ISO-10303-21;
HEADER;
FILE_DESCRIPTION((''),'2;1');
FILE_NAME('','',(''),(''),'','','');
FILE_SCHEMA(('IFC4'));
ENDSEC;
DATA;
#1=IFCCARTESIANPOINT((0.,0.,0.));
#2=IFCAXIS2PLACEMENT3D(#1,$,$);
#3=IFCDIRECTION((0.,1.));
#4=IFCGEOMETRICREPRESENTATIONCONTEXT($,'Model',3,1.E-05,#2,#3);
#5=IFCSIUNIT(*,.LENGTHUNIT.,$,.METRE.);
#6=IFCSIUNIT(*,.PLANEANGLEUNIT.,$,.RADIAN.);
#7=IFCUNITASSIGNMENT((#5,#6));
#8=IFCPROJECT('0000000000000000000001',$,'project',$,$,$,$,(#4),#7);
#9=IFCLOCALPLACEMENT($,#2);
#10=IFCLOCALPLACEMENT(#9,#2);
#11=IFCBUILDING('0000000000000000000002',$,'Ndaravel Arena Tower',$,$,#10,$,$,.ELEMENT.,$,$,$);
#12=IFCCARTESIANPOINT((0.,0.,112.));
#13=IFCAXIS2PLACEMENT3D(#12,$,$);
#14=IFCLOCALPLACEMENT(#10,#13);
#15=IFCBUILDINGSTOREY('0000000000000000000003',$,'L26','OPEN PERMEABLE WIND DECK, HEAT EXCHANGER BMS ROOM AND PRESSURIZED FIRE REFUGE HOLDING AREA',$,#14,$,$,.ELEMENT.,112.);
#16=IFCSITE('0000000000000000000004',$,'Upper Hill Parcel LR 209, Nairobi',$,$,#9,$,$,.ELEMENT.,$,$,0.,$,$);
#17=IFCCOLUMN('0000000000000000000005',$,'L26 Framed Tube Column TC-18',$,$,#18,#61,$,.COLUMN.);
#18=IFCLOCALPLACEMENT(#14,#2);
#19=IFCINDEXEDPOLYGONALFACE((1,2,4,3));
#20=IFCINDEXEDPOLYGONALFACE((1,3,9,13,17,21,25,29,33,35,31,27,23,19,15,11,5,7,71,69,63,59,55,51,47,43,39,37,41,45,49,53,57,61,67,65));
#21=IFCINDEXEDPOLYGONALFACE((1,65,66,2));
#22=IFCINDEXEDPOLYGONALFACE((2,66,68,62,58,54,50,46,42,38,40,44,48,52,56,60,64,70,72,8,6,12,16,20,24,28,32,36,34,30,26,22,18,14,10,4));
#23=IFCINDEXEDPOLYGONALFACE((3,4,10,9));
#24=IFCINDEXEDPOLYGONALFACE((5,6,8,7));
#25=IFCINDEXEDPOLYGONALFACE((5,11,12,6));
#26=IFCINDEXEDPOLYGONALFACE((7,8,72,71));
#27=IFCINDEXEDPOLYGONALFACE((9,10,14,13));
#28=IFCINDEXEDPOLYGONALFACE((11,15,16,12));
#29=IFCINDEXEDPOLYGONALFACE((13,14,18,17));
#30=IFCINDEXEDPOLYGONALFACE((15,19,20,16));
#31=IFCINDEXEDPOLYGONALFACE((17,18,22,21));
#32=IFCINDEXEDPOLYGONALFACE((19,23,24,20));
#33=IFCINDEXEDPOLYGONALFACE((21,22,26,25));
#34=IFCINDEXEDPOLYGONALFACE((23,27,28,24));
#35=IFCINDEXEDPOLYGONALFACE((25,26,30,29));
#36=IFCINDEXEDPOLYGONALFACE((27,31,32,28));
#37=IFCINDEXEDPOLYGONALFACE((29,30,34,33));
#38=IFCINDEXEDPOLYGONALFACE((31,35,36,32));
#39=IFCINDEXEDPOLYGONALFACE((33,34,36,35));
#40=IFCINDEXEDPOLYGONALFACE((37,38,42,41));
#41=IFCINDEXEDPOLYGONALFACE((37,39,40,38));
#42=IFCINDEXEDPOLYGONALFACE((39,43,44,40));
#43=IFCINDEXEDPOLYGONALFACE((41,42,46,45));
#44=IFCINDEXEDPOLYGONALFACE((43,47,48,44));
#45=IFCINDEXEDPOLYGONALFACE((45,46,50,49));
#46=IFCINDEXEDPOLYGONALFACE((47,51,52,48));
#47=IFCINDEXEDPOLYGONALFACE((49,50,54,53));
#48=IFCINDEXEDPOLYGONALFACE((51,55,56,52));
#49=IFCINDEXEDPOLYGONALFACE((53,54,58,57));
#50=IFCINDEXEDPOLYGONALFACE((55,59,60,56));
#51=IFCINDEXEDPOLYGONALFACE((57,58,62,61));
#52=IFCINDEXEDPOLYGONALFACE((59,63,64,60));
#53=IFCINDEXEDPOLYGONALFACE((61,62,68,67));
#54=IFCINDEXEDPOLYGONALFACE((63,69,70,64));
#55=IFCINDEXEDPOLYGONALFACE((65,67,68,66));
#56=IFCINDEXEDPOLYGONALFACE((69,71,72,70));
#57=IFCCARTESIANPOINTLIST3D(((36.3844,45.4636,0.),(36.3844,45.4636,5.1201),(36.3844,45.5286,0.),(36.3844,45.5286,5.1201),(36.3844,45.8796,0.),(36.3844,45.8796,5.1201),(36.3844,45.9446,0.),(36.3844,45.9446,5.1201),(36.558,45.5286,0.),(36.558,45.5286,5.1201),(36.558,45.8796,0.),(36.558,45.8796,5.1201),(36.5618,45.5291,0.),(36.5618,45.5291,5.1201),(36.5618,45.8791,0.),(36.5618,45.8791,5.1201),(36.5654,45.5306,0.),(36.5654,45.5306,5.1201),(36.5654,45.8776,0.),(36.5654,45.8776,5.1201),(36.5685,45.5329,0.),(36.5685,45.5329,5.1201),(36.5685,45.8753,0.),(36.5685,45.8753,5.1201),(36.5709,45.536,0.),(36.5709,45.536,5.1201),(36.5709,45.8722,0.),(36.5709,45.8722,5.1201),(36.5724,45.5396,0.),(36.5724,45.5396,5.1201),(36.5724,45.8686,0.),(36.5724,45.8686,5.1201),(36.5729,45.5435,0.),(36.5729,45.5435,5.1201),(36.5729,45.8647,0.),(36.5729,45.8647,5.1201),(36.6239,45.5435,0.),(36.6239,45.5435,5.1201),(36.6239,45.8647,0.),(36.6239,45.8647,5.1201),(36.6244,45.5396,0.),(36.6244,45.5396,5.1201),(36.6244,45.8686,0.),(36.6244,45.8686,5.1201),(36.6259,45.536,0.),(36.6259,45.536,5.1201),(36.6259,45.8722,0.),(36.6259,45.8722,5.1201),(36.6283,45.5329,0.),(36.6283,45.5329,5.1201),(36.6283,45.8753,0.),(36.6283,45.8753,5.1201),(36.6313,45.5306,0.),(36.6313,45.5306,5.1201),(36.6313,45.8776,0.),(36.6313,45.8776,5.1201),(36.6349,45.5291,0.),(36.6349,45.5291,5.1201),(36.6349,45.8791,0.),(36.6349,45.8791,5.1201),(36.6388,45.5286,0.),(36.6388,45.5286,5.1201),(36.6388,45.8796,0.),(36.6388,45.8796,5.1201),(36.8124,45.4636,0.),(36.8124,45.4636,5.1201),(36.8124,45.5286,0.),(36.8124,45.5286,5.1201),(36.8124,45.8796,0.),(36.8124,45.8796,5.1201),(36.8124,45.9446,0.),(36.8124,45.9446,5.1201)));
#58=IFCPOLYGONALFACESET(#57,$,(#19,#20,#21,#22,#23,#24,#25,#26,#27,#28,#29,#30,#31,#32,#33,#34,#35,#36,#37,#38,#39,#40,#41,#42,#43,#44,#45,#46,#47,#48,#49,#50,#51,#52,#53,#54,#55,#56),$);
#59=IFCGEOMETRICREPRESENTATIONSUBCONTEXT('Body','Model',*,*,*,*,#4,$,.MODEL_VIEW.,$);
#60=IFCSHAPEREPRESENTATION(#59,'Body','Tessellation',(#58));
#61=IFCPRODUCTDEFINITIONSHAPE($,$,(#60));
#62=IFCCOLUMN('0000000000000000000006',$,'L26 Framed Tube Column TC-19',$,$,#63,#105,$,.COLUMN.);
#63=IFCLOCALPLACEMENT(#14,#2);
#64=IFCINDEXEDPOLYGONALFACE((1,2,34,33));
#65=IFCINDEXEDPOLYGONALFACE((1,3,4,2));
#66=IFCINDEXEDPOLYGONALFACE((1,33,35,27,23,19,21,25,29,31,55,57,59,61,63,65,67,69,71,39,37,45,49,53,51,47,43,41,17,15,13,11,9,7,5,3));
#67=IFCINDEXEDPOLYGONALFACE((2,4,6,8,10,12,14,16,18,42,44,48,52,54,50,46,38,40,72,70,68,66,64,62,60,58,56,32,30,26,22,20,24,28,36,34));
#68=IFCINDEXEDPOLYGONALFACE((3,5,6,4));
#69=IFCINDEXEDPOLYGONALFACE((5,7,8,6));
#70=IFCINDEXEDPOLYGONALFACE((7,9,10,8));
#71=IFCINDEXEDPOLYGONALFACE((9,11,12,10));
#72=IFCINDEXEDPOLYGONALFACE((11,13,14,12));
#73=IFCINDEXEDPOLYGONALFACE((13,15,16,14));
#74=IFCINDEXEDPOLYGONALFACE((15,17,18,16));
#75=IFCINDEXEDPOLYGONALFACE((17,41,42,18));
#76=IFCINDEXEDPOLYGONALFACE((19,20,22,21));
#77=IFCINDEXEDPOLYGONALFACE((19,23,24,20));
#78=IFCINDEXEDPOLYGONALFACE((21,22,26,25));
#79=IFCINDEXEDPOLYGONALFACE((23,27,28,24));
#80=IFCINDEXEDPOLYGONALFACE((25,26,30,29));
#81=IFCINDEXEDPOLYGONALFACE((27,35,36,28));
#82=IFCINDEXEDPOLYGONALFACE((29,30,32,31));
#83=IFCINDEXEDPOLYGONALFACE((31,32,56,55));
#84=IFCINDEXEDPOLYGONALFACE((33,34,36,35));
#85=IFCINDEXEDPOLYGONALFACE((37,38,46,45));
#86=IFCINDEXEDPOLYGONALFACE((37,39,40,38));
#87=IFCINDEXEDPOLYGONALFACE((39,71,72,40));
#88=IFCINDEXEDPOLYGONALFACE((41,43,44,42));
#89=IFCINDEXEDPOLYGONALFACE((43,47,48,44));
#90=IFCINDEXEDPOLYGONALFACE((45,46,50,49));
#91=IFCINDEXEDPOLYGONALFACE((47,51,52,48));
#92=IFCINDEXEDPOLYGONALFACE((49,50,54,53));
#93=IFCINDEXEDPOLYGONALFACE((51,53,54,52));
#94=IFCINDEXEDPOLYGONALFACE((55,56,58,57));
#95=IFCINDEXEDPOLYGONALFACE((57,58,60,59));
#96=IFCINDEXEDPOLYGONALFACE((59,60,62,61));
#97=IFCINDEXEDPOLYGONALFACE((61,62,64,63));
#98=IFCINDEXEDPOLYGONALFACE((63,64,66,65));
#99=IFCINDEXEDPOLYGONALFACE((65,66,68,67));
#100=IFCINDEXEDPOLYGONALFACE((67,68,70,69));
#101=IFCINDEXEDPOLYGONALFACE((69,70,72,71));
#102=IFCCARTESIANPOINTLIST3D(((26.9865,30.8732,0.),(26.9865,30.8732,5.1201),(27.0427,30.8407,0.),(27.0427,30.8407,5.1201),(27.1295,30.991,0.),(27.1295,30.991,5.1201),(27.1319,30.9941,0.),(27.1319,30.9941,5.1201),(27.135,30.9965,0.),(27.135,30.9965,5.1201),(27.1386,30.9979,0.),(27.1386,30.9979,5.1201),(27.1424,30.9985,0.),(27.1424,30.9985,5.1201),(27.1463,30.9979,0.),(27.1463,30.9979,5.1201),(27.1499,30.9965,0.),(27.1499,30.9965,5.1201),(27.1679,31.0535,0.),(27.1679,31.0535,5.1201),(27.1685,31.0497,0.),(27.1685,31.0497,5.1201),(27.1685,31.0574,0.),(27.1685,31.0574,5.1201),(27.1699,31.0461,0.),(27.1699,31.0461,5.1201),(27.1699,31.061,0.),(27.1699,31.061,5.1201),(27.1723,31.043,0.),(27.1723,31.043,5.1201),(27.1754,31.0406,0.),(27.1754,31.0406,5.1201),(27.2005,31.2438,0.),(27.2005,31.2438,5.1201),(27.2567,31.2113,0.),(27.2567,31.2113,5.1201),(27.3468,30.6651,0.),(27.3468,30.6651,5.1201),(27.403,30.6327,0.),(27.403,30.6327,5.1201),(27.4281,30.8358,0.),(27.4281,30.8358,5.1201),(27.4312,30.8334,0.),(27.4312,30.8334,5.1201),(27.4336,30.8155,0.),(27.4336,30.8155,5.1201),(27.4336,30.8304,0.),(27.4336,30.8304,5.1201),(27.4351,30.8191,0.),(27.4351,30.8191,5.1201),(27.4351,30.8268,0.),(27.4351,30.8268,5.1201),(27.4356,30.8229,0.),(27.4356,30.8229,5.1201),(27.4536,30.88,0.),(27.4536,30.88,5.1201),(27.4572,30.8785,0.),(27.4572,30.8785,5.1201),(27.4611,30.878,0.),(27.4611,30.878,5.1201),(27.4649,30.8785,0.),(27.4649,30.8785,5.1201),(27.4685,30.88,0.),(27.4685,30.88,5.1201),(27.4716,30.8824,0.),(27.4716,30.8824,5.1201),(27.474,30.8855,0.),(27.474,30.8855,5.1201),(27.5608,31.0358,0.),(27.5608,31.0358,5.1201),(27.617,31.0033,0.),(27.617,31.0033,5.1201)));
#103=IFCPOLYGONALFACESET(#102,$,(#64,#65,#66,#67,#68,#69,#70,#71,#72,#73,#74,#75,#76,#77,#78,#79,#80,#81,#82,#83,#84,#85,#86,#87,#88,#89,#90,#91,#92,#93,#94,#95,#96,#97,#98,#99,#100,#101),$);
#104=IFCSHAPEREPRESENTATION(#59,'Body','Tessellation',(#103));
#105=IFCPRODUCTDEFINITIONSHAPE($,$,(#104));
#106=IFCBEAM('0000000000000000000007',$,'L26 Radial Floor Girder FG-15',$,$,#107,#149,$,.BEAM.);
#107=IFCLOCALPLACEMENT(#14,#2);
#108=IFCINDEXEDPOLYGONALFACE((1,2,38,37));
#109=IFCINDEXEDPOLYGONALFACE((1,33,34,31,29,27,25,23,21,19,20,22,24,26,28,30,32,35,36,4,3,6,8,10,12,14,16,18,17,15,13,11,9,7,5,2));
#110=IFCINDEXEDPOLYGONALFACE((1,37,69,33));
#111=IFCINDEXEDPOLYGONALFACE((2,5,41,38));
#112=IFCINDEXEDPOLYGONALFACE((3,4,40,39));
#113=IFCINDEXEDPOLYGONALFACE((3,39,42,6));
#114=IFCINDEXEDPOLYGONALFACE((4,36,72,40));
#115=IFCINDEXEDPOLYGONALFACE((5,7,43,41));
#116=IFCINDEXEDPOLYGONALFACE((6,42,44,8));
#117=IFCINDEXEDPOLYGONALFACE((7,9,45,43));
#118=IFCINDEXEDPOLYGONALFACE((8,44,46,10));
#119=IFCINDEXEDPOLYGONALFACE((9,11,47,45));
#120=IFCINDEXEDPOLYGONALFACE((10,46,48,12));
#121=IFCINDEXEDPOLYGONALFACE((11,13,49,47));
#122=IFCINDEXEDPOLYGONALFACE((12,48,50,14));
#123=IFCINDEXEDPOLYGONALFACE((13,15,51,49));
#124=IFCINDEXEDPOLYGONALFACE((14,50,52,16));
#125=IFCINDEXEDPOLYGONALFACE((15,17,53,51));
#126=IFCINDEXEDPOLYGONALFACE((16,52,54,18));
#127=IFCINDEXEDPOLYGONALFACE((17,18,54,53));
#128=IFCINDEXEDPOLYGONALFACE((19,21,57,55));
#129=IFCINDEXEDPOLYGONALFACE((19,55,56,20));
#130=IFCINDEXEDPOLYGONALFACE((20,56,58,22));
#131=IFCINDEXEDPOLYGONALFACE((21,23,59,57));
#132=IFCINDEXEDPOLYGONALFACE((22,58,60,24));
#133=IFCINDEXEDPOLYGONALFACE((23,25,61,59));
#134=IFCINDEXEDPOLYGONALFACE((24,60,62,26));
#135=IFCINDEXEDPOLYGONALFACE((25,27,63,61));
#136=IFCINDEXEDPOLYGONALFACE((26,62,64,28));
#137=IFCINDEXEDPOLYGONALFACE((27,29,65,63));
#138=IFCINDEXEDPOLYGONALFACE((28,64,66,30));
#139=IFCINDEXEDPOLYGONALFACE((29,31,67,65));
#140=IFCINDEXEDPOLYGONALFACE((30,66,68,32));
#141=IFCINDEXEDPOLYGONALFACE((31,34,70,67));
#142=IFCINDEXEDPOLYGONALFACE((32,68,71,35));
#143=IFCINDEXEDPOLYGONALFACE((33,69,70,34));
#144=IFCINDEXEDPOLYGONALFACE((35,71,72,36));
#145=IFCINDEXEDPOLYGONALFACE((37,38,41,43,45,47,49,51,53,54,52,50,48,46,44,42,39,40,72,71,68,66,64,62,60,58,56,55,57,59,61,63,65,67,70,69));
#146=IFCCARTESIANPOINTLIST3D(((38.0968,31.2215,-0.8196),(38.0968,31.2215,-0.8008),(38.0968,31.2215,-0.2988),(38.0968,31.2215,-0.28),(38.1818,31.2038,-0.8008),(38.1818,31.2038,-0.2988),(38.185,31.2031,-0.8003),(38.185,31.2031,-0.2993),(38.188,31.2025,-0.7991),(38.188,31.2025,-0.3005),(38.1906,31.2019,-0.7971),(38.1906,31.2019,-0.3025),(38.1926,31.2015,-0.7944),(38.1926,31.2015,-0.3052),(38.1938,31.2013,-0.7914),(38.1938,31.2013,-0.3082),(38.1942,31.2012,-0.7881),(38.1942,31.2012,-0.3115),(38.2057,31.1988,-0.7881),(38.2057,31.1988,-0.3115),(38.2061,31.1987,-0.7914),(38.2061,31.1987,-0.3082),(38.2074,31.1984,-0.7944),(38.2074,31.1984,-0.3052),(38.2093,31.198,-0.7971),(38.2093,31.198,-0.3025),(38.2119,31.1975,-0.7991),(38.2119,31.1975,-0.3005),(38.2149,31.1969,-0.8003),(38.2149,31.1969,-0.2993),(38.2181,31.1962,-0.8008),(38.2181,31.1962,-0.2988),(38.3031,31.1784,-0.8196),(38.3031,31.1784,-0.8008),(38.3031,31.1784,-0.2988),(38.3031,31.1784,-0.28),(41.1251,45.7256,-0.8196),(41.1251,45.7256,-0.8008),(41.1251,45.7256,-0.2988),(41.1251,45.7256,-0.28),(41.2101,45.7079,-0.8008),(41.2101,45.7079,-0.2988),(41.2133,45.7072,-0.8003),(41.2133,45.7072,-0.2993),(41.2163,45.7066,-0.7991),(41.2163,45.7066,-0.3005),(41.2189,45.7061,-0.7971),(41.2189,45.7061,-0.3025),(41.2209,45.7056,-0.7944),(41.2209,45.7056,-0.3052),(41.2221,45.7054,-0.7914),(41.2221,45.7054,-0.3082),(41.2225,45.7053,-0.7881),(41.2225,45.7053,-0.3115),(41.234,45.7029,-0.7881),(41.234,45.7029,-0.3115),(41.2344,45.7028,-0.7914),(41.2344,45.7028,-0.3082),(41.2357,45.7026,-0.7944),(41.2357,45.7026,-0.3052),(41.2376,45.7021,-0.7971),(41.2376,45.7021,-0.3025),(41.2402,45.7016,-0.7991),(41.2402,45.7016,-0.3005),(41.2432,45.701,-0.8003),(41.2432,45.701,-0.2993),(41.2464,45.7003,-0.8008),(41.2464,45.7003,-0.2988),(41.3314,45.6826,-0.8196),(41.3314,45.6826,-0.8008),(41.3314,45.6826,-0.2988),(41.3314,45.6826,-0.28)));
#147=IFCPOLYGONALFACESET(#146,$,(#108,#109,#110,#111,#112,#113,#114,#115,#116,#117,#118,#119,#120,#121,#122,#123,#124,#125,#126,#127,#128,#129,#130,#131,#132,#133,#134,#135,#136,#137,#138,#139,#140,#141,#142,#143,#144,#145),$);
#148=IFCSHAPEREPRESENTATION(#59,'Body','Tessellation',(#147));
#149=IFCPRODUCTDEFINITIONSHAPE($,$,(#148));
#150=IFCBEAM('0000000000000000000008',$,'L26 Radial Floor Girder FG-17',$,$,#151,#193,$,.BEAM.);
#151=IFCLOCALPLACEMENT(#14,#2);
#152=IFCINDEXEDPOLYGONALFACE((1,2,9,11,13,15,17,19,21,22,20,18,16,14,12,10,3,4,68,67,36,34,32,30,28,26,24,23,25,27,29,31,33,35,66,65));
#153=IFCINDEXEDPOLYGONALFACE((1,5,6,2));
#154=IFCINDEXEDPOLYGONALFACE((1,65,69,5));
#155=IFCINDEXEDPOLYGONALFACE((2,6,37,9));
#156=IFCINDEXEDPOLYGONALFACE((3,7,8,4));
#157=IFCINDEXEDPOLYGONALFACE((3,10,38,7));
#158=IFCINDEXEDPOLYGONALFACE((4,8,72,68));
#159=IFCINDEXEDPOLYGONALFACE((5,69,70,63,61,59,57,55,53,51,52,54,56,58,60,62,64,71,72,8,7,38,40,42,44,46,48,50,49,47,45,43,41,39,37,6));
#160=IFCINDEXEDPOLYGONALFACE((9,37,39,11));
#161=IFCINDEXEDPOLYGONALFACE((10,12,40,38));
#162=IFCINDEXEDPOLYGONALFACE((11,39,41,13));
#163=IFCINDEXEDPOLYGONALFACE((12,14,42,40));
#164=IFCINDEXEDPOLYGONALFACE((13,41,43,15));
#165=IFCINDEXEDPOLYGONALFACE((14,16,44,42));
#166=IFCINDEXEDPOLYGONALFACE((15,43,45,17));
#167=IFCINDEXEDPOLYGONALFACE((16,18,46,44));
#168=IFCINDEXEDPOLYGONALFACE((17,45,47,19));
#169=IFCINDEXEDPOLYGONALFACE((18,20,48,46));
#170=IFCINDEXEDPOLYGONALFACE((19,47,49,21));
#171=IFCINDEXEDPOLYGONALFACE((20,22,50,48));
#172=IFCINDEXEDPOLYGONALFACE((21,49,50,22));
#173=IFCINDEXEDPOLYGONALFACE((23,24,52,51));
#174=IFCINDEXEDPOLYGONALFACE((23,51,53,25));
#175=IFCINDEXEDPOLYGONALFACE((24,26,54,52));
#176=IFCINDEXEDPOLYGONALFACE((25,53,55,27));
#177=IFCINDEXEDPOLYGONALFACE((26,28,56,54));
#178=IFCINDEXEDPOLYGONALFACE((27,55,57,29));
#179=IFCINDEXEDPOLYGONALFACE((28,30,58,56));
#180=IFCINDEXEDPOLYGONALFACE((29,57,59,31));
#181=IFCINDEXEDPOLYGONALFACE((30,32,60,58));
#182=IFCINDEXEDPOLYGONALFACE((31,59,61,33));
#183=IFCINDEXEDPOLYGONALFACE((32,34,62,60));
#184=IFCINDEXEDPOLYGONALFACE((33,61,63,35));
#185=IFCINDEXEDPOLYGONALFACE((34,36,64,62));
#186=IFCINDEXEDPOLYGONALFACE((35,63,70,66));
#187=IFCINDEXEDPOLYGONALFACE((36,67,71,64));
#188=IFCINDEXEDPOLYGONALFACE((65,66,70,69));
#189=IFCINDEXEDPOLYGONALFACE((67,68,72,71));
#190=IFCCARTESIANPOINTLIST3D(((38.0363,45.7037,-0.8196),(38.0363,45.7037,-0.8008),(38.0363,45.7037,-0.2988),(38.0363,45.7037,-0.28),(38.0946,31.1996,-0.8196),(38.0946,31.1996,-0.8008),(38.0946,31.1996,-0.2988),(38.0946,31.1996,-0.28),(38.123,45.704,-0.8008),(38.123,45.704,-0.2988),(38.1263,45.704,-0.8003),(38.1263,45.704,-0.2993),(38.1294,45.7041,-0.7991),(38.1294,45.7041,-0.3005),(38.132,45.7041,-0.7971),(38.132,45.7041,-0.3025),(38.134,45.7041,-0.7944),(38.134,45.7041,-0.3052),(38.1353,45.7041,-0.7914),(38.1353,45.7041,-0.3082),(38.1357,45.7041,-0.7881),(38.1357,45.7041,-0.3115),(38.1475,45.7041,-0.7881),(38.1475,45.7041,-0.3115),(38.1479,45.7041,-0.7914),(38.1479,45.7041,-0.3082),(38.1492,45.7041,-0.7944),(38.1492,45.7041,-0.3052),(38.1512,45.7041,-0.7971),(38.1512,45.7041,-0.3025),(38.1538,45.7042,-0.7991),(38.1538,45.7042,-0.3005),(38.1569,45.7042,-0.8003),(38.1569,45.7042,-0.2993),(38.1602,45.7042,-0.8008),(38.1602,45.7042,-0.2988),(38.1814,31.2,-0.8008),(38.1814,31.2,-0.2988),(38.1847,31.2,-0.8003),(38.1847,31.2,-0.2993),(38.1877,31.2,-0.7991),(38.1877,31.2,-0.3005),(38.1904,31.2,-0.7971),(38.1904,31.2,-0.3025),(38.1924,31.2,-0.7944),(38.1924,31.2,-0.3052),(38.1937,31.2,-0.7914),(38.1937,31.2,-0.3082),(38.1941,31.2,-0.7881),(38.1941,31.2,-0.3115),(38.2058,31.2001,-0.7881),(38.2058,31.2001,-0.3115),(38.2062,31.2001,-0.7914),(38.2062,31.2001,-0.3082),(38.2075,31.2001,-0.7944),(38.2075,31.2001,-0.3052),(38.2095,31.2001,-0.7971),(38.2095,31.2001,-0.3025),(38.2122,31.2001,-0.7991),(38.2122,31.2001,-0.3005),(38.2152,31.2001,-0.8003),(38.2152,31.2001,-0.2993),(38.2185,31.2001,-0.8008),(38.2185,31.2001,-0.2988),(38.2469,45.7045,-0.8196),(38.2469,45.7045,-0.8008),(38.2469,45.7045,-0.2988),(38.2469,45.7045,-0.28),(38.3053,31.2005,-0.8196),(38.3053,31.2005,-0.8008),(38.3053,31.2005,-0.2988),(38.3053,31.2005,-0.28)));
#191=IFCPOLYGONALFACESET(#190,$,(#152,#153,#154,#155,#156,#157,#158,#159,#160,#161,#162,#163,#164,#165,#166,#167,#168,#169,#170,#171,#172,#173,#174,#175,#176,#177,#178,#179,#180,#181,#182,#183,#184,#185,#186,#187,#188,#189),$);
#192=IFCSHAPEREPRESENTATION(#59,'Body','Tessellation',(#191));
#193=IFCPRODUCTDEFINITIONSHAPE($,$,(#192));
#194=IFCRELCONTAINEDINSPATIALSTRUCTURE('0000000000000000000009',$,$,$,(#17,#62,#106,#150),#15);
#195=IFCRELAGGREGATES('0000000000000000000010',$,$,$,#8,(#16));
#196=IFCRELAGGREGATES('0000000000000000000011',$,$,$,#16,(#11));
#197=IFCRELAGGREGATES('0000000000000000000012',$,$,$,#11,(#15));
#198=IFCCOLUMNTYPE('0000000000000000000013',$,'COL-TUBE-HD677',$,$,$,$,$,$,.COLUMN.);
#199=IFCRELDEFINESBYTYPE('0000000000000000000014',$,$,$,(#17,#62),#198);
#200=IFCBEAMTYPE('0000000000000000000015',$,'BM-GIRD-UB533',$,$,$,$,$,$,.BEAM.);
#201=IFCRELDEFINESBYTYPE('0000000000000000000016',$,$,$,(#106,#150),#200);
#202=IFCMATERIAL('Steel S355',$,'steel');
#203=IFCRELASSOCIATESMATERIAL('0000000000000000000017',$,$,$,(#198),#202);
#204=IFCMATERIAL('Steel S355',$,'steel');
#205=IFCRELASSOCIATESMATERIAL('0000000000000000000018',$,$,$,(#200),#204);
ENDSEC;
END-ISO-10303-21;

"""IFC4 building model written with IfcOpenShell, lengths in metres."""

from ifc_helpers import new_model, si_unit, direction, frame, origin, origin_2d, place, context, subcontext, project, spatial, i_section, extrude, material, material_profile, profile_set, type_object, element, save


model = new_model("IFC4")

# Units and contexts
model_context = context("Model", 3, precision=1e-05, world=origin(), true_north=direction((0.0, 1.0)))
body_context = subcontext(model_context, "Body", "Model", "MODEL_VIEW")
ifc_project = project(units=[si_unit("LENGTHUNIT", "METRE"), si_unit("PLANEANGLEUNIT", "RADIAN")], contexts=[model_context])

# Site, building, storey
site_placement = place(None, origin())
site = spatial("IfcSite", under=ifc_project, at=site_placement, Name="Upper Hill Parcel LR 209, Nairobi", CompositionType="ELEMENT", RefElevation=0.0)
building_placement = place(site_placement, origin())
building = spatial("IfcBuilding", under=site, at=building_placement, Name="Ndaravel Arena Tower", CompositionType="ELEMENT")
storey_placement = place(building_placement, frame((0.0, 0.0, 112.0)))
storey = spatial("IfcBuildingStorey", under=building, at=storey_placement, Name="L26", Description="OPEN PERMEABLE WIND DECK, HEAT EXCHANGER BMS ROOM AND PRESSURIZED FIRE REFUGE HOLDING AREA", CompositionType="ELEMENT", Elevation=112.0)

# Columns
ifc_material_1 = material(Name="Steel S355", Category="steel")
ifc_material_profile_1 = material_profile(ifc_material_1, i_section(OverallWidth=0.428, OverallDepth=0.481, WebThickness=0.051, FlangeThickness=0.0649, FilletRadius=0.0149, at=origin_2d()), Name="HD 400x677")
ifc_profile_set_1 = profile_set([ifc_material_profile_1], Name="Steel S355")
column_type_1 = type_object("IfcColumnType", Name="COL-TUBE-HD677", PredefinedType="COLUMN", material=ifc_profile_set_1)
for number, where, z_axis, x_axis, name in (
    (1, (36.5984, 45.7041, 0.0), (0.0, 0.0, 1.0), (1.0, 0.0, 0.0), "L26 Framed Tube Column TC-18"),
    (2, (27.3018, 30.9382, 0.0), (0.0, 0.0, 1.0), (0.5, 0.866025, 0.0), "L26 Framed Tube Column TC-19"),
):
    element("IfcColumn", number, at=place(storey_placement, frame(where, z_axis=z_axis, x_axis=x_axis)), inside=storey, type_object=column_type_1, Name=name, PredefinedType="COLUMN", context=body_context, shape_type="SweptSolid", body=[
        extrude(i_section(OverallWidth=0.428, OverallDepth=0.481, WebThickness=0.051, FlangeThickness=0.0649, FilletRadius=0.0149, at=origin_2d()), origin(), (0.0, 0.0, 1.0), 5.1201),
    ])

# Beams
ifc_material_2 = material(Name="Steel S355", Category="steel")
ifc_material_profile_2 = material_profile(ifc_material_2, i_section(OverallWidth=0.2107, OverallDepth=0.5396, WebThickness=0.0117, FlangeThickness=0.0188, FilletRadius=0.0127, at=origin_2d()), Name="UB 533x210x109")
ifc_profile_set_2 = profile_set([ifc_material_profile_2], Name="Steel S355")
beam_type_1 = type_object("IfcBeamType", Name="BM-GIRD-UB533", PredefinedType="BEAM", material=ifc_profile_set_2)
beam_1_placement = place(storey_placement, frame((41.2283, 45.7041, -0.5498), z_axis=(-0.204383, -0.978891, 0.0), x_axis=(0.978891, -0.204383, 0.0)))
element("IfcBeam", 3, at=beam_1_placement, inside=storey, type_object=beam_type_1, Name="L26 Radial Floor Girder FG-15", PredefinedType="BEAM", context=body_context, shape_type="SweptSolid", body=[
    extrude(i_section(OverallWidth=0.2107, OverallDepth=0.5396, WebThickness=0.0117, FlangeThickness=0.0188, FilletRadius=0.0127, at=origin_2d()), origin(), (0.0, 0.0, 1.0), 14.8169),
])
beam_2_placement = place(storey_placement, frame((38.1416, 45.7041, -0.5498), z_axis=(0.004023, -0.999992, 0.0), x_axis=(0.999992, 0.004023, 0.0)))
element("IfcBeam", 4, at=beam_2_placement, inside=storey, type_object=beam_type_1, Name="L26 Radial Floor Girder FG-17", PredefinedType="BEAM", context=body_context, shape_type="SweptSolid", body=[
    extrude(i_section(OverallWidth=0.2107, OverallDepth=0.5396, WebThickness=0.0117, FlangeThickness=0.0188, FilletRadius=0.0127, at=origin_2d()), origin(), (0.0, 0.0, 1.0), 14.5042),
])

save(model, "model.ifc")
